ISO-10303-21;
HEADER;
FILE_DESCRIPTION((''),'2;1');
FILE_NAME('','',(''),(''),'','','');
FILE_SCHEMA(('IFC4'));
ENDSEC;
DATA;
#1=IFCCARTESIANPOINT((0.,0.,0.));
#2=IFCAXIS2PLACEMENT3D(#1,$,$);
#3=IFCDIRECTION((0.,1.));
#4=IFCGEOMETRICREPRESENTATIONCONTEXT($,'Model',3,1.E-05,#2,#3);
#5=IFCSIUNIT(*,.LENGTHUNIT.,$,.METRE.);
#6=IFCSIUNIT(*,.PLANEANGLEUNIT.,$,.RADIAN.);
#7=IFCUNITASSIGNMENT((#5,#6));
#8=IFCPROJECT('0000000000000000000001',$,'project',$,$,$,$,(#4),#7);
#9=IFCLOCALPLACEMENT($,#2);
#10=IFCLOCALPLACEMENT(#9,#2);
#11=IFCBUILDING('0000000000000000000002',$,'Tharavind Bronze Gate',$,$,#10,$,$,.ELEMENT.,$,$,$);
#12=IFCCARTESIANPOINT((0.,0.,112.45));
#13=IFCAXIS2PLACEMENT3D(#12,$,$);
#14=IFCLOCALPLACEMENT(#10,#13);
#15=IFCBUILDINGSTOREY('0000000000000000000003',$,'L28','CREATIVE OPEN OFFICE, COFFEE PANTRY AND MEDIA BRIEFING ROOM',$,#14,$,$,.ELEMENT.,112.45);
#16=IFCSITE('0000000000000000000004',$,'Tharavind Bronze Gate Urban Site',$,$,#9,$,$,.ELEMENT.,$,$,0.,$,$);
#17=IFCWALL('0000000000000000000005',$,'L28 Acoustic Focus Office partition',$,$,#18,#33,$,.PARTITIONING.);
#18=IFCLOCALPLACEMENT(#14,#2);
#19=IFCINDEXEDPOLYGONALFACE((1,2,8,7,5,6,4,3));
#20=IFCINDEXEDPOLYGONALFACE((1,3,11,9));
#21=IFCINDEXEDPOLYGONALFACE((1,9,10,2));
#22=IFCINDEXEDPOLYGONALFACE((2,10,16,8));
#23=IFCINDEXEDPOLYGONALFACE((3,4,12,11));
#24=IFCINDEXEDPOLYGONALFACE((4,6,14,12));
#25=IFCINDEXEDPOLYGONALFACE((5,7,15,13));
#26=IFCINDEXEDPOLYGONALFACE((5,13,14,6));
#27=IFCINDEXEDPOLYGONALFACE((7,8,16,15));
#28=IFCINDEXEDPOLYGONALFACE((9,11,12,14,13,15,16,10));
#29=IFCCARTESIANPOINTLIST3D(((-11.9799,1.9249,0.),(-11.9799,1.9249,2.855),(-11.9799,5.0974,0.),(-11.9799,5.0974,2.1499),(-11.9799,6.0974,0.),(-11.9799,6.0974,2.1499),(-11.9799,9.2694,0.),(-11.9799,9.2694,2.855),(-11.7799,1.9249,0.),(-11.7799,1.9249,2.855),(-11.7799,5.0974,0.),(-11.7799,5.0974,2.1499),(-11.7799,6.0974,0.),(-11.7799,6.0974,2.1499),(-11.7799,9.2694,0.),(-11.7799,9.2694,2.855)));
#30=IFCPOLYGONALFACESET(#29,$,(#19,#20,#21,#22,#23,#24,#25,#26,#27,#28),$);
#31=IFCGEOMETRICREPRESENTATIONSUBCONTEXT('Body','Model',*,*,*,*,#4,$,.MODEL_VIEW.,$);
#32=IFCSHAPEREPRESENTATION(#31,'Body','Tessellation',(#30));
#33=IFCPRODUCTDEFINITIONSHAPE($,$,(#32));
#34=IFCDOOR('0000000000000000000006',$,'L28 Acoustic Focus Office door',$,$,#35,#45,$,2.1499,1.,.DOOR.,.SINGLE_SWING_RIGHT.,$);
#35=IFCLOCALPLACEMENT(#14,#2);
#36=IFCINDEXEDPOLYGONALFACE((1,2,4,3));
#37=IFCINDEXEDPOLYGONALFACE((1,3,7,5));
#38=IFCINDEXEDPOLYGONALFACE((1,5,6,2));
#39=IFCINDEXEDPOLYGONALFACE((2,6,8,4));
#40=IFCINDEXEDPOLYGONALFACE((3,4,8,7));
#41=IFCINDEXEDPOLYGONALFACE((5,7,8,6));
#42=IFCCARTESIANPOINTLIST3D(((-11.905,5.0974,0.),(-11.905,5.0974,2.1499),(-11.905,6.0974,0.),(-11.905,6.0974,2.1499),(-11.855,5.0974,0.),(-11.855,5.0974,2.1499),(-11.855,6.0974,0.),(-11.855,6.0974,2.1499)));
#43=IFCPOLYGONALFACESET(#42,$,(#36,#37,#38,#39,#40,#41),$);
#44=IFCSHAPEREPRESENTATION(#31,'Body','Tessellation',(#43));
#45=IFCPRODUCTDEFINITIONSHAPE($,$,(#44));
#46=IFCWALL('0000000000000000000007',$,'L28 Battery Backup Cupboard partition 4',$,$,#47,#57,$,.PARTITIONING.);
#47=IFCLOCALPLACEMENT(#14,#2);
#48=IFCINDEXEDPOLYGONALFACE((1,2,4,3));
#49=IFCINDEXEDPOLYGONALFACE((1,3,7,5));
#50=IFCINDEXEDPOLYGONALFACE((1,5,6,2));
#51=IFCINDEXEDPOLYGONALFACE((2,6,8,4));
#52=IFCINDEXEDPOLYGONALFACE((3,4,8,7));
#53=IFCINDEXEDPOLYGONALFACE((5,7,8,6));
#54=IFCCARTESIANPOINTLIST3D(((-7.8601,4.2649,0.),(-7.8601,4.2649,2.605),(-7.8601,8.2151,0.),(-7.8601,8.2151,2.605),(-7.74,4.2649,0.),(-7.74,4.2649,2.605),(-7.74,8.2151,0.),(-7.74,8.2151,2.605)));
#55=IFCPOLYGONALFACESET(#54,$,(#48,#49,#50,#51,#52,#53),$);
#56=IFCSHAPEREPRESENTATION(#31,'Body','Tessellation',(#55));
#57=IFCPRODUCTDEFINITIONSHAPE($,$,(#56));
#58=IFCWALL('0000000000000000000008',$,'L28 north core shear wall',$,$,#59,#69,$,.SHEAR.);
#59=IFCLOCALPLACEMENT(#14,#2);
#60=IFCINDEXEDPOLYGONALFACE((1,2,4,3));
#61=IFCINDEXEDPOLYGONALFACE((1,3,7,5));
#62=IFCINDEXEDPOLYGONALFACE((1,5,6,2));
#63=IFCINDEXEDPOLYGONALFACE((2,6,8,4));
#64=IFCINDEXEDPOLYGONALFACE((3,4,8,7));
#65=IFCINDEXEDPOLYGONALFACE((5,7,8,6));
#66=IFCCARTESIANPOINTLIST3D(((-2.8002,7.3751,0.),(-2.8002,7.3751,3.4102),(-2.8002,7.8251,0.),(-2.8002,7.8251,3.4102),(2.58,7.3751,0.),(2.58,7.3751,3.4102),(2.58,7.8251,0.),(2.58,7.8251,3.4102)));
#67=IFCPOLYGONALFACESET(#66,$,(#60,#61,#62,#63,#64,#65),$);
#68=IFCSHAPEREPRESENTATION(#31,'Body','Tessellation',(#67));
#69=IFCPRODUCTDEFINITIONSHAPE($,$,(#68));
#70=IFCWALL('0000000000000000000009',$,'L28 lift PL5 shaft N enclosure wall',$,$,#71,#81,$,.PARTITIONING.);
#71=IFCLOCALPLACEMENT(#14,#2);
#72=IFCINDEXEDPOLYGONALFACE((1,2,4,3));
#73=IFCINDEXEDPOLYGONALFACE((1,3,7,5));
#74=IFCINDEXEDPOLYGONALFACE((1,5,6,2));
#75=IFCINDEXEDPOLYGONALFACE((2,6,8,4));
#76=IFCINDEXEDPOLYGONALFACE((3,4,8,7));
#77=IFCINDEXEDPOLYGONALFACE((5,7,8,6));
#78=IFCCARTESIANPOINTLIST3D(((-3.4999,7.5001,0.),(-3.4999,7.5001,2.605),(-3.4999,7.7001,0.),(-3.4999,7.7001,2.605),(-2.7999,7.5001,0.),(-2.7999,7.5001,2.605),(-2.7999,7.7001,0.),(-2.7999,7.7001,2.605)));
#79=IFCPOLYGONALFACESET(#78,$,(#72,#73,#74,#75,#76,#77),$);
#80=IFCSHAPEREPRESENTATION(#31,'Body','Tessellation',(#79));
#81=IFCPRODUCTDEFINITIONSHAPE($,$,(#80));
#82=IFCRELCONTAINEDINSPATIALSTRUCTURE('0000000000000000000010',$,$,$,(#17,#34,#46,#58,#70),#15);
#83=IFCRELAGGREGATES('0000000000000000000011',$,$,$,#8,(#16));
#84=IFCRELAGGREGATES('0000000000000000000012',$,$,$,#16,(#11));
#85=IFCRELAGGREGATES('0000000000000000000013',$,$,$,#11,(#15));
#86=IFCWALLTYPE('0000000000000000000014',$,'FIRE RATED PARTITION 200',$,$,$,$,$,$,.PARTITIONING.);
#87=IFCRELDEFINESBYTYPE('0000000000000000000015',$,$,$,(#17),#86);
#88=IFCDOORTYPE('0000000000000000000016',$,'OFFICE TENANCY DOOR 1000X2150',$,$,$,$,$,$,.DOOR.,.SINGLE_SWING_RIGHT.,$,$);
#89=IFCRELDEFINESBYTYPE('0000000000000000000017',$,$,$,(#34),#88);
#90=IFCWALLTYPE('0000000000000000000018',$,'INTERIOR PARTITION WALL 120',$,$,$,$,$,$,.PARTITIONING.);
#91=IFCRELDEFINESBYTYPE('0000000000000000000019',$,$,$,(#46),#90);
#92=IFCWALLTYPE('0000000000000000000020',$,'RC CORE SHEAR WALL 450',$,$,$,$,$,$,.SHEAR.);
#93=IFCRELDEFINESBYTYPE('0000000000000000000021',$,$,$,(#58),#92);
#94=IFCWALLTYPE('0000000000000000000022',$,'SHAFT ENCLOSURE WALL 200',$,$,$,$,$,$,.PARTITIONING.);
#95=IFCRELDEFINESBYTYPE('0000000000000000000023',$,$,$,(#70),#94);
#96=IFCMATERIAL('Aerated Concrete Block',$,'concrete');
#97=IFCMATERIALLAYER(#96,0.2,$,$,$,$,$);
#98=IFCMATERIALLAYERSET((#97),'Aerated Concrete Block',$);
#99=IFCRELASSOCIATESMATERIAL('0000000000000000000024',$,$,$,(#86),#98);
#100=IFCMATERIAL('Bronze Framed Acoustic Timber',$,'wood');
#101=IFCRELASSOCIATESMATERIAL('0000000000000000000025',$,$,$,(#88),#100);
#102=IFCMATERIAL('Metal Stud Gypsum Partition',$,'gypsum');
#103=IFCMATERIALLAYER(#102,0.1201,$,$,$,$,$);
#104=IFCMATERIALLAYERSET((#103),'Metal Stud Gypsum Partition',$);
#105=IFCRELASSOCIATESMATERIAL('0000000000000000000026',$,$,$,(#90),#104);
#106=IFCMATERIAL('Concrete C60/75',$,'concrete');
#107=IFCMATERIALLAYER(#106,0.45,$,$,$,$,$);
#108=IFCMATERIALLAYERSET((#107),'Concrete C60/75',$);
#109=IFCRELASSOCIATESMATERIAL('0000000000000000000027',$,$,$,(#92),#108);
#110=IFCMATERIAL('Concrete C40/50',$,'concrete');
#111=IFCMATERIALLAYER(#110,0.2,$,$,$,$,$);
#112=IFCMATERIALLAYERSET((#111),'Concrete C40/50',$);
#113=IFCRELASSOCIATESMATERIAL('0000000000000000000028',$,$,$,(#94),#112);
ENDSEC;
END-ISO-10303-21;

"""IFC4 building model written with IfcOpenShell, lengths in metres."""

from ifc_helpers import new_model, si_unit, direction, frame, frame_2d, origin, place, context, subcontext, project, spatial, rectangle, extrude, material, layer, layer_set, type_object, element, fill, save


model = new_model("IFC4")

# Units and contexts
model_context = context("Model", 3, precision=1e-05, world=origin(), true_north=direction((0.0, 1.0)))
body_context = subcontext(model_context, "Body", "Model", "MODEL_VIEW")
ifc_project = project(units=[si_unit("LENGTHUNIT", "METRE"), si_unit("PLANEANGLEUNIT", "RADIAN")], contexts=[model_context])

# Site, building, storey
site_placement = place(None, origin())
site = spatial("IfcSite", under=ifc_project, at=site_placement, Name="Tharavind Bronze Gate Urban Site", CompositionType="ELEMENT", RefElevation=0.0)
building_placement = place(site_placement, origin())
building = spatial("IfcBuilding", under=site, at=building_placement, Name="Tharavind Bronze Gate", CompositionType="ELEMENT")
storey_placement = place(building_placement, frame((0.0, 0.0, 112.45)))
storey = spatial("IfcBuildingStorey", under=building, at=storey_placement, Name="L28", Description="CREATIVE OPEN OFFICE, COFFEE PANTRY AND MEDIA BRIEFING ROOM", CompositionType="ELEMENT", Elevation=112.45)

# Shared definitions
ifc_material_1 = material(Name="Concrete C60/75", Category="concrete")

# Shared definitions
ifc_material_2 = material(Name="Concrete C40/50", Category="concrete")

# Shared definitions
ifc_material_3 = material(Name="Aerated Concrete Block", Category="concrete")
ifc_layer_1 = layer(ifc_material_3, 0.2)
ifc_layer_set_1 = layer_set([ifc_layer_1], Name="Aerated Concrete Block")
wall_type_1 = type_object("IfcWallType", Name="FIRE RATED PARTITION 200", PredefinedType="PARTITIONING", material=ifc_layer_set_1)

# Wall, opening, door
wall_1_placement = place(storey_placement, frame((-11.8799, 9.2695, 0.0), z_axis=(0.0, 0.0, 1.0), x_axis=(0.0, -1.0, 0.0)))
wall_1 = element("IfcWall", 1, at=wall_1_placement, inside=storey, type_object=wall_type_1, Name="L28 Acoustic Focus Office partition", PredefinedType="PARTITIONING", context=body_context, shape_type="SweptSolid", body=[
    extrude(rectangle(XDim=7.3445, YDim=0.2, at=frame_2d((3.6724, 0.0))), origin(), (0.0, 0.0, 1.0), 2.855),
])
opening_1_placement = place(wall_1_placement, frame((3.1721, 0.0, 0.0)))
opening_1 = element("IfcOpeningElement", 2, at=opening_1_placement, cuts=wall_1, PredefinedType="OPENING", context=body_context, shape_type="SweptSolid", body=[
    extrude(rectangle(XDim=1.0, YDim=2.1499, at=frame_2d((0.5, 1.075))), frame((0.0, 0.1101, 0.0), z_axis=(0.0, -1.0, 0.0), x_axis=(1.0, 0.0, 0.0)), (0.0, 0.0, 1.0), 0.22),
])
ifc_material_4 = material(Name="Bronze Framed Acoustic Timber", Category="wood")
door_type_1 = type_object("IfcDoorType", Name="OFFICE TENANCY DOOR 1000X2150", OperationType="SINGLE_SWING_RIGHT", PredefinedType="DOOR", material=ifc_material_4)
door_1_placement = place(opening_1_placement, origin())
door_1 = element("IfcDoor", 3, at=door_1_placement, inside=storey, type_object=door_type_1, Name="L28 Acoustic Focus Office door", OperationType="SINGLE_SWING_RIGHT", OverallHeight=2.1499, OverallWidth=1.0, PredefinedType="DOOR", context=body_context, shape_type="SweptSolid", body=[
    extrude(rectangle(XDim=1.0, YDim=2.1499, at=frame_2d((0.5, 1.075))), frame((0.0, 0.0249, 0.0), z_axis=(0.0, -1.0, 0.0), x_axis=(1.0, 0.0, 0.0)), (0.0, 0.0, 1.0), 0.05),
])
fill(opening_1, door_1)

# Walls
ifc_material_5 = material(Name="Metal Stud Gypsum Partition", Category="gypsum")
ifc_layer_2 = layer(ifc_material_5, 0.1201)
ifc_layer_set_2 = layer_set([ifc_layer_2], Name="Metal Stud Gypsum Partition")
wall_type_2 = type_object("IfcWallType", Name="INTERIOR PARTITION WALL 120", PredefinedType="PARTITIONING", material=ifc_layer_set_2)
wall_2_placement = place(storey_placement, frame((-7.8, 8.2151, 0.0), z_axis=(0.0, 0.0, 1.0), x_axis=(0.0, -1.0, 0.0)))
element("IfcWall", 4, at=wall_2_placement, inside=storey, type_object=wall_type_2, Name="L28 Battery Backup Cupboard partition 4", PredefinedType="PARTITIONING", context=body_context, shape_type="SweptSolid", body=[
    extrude(rectangle(XDim=3.9502, YDim=0.1201, at=frame_2d((1.9751, 0.0))), origin(), (0.0, 0.0, 1.0), 2.605),
])
ifc_layer_3 = layer(ifc_material_1, 0.45)
ifc_layer_set_3 = layer_set([ifc_layer_3], Name="Concrete C60/75")
wall_type_3 = type_object("IfcWallType", Name="RC CORE SHEAR WALL 450", PredefinedType="SHEAR", material=ifc_layer_set_3)
wall_3_placement = place(storey_placement, frame((-2.8, 7.6001, 0.0), z_axis=(0.0, 0.0, 1.0), x_axis=(1.0, 0.0, 0.0)))
element("IfcWall", 5, at=wall_3_placement, inside=storey, type_object=wall_type_3, Name="L28 north core shear wall", PredefinedType="SHEAR", context=body_context, shape_type="SweptSolid", body=[
    extrude(rectangle(XDim=5.3801, YDim=0.45, at=frame_2d((2.6899, 0.0))), origin(), (0.0, 0.0, 1.0), 3.4102),
])
ifc_layer_4 = layer(ifc_material_2, 0.2)
ifc_layer_set_4 = layer_set([ifc_layer_4], Name="Concrete C40/50")
wall_type_4 = type_object("IfcWallType", Name="SHAFT ENCLOSURE WALL 200", PredefinedType="PARTITIONING", material=ifc_layer_set_4)
wall_4_placement = place(storey_placement, frame((-3.5, 7.6001, 0.0), z_axis=(0.0, 0.0, 1.0), x_axis=(1.0, 0.0, 0.0)))
element("IfcWall", 6, at=wall_4_placement, inside=storey, type_object=wall_type_4, Name="L28 lift PL5 shaft N enclosure wall", PredefinedType="PARTITIONING", context=body_context, shape_type="SweptSolid", body=[
    extrude(rectangle(XDim=0.7, YDim=0.2, at=frame_2d((0.3501, 0.0))), origin(), (0.0, 0.0, 1.0), 2.605),
])

save(model, "model.ifc")
